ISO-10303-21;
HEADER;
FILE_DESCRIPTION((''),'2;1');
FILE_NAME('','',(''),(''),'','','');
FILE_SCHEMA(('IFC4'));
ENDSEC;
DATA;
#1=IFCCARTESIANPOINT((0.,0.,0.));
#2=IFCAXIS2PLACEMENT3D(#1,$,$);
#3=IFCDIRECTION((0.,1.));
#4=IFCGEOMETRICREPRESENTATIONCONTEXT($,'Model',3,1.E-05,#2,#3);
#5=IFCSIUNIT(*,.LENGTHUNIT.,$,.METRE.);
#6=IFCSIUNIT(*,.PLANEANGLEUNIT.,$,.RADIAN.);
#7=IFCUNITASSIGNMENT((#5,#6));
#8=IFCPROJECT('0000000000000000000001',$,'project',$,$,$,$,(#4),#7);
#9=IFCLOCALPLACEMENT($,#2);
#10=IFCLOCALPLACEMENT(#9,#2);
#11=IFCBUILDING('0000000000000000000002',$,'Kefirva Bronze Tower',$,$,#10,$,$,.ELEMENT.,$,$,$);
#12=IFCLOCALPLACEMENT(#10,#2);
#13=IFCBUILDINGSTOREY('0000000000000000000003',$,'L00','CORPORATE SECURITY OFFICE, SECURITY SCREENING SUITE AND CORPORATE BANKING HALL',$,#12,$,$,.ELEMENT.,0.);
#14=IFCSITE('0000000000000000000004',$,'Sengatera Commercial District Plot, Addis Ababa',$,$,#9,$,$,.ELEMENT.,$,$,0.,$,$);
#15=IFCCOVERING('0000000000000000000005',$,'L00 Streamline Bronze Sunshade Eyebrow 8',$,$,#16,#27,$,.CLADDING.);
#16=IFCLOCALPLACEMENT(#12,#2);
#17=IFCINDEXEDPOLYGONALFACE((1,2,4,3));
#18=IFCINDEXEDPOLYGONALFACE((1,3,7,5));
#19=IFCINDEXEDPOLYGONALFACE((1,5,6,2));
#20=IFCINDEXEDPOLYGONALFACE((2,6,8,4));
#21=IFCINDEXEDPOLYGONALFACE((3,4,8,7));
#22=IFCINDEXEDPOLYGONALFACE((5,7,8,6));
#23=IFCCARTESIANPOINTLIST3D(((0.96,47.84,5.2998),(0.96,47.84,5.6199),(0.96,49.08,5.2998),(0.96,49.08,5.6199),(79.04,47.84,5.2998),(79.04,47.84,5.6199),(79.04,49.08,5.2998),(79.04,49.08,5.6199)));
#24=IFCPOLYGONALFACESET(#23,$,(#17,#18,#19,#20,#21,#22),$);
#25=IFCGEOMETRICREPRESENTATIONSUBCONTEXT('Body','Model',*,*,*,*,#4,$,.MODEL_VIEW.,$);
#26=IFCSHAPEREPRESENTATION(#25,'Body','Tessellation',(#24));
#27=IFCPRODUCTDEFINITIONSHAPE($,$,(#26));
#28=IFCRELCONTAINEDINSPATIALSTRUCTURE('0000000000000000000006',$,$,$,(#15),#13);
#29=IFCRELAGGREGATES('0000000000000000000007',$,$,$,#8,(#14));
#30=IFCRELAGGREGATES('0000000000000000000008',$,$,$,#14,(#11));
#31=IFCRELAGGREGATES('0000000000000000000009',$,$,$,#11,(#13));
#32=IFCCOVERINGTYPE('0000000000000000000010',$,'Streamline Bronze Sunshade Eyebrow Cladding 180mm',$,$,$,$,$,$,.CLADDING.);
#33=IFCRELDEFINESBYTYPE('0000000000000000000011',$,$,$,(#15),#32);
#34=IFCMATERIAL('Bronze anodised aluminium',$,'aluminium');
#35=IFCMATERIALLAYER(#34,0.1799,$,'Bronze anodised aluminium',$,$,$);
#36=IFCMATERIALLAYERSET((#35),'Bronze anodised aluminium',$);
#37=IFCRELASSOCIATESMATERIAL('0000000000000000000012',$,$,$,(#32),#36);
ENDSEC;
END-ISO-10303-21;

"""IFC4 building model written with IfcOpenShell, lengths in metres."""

from ifc_helpers import new_model, si_unit, direction, frame, origin, origin_2d, place, context, subcontext, project, spatial, rectangle, extrude, material, layer, layer_set, type_object, element, save


model = new_model("IFC4")

# Units and contexts
model_context = context("Model", 3, precision=1e-05, world=origin(), true_north=direction((0.0, 1.0)))
body_context = subcontext(model_context, "Body", "Model", "MODEL_VIEW")
ifc_project = project(units=[si_unit("LENGTHUNIT", "METRE"), si_unit("PLANEANGLEUNIT", "RADIAN")], contexts=[model_context])

# Site, building, storey
site_placement = place(None, origin())
site = spatial("IfcSite", under=ifc_project, at=site_placement, Name="Sengatera Commercial District Plot, Addis Ababa", CompositionType="ELEMENT", RefElevation=0.0)
building_placement = place(site_placement, origin())
building = spatial("IfcBuilding", under=site, at=building_placement, Name="Kefirva Bronze Tower", CompositionType="ELEMENT")
storey_placement = place(building_placement, origin())
storey = spatial("IfcBuildingStorey", under=building, at=storey_placement, Name="L00", Description="CORPORATE SECURITY OFFICE, SECURITY SCREENING SUITE AND CORPORATE BANKING HALL", CompositionType="ELEMENT", Elevation=0.0)

# Shared definitions
ifc_material_1 = material(Name="Bronze anodised aluminium", Category="aluminium")

# Covering
ifc_layer_1 = layer(ifc_material_1, 0.1799, Name="Bronze anodised aluminium")
ifc_layer_set_1 = layer_set([ifc_layer_1], Name="Bronze anodised aluminium")
covering_type_1 = type_object("IfcCoveringType", Name="Streamline Bronze Sunshade Eyebrow Cladding 180mm", PredefinedType="CLADDING", material=ifc_layer_set_1)
covering_1_placement = place(storey_placement, frame((40.0, 48.46, 5.2998), z_axis=(0.0, 0.0, 1.0), x_axis=(-1.0, 0.0, 0.0)))
element("IfcCovering", 1, at=covering_1_placement, inside=storey, type_object=covering_type_1, Name="L00 Streamline Bronze Sunshade Eyebrow 8", PredefinedType="CLADDING", context=body_context, shape_type="SweptSolid", body=[
    extrude(rectangle(XDim=78.0801, YDim=1.24, at=origin_2d()), origin(), (0.0, 0.0, 1.0), 0.3201),
])

save(model, "model.ifc")
